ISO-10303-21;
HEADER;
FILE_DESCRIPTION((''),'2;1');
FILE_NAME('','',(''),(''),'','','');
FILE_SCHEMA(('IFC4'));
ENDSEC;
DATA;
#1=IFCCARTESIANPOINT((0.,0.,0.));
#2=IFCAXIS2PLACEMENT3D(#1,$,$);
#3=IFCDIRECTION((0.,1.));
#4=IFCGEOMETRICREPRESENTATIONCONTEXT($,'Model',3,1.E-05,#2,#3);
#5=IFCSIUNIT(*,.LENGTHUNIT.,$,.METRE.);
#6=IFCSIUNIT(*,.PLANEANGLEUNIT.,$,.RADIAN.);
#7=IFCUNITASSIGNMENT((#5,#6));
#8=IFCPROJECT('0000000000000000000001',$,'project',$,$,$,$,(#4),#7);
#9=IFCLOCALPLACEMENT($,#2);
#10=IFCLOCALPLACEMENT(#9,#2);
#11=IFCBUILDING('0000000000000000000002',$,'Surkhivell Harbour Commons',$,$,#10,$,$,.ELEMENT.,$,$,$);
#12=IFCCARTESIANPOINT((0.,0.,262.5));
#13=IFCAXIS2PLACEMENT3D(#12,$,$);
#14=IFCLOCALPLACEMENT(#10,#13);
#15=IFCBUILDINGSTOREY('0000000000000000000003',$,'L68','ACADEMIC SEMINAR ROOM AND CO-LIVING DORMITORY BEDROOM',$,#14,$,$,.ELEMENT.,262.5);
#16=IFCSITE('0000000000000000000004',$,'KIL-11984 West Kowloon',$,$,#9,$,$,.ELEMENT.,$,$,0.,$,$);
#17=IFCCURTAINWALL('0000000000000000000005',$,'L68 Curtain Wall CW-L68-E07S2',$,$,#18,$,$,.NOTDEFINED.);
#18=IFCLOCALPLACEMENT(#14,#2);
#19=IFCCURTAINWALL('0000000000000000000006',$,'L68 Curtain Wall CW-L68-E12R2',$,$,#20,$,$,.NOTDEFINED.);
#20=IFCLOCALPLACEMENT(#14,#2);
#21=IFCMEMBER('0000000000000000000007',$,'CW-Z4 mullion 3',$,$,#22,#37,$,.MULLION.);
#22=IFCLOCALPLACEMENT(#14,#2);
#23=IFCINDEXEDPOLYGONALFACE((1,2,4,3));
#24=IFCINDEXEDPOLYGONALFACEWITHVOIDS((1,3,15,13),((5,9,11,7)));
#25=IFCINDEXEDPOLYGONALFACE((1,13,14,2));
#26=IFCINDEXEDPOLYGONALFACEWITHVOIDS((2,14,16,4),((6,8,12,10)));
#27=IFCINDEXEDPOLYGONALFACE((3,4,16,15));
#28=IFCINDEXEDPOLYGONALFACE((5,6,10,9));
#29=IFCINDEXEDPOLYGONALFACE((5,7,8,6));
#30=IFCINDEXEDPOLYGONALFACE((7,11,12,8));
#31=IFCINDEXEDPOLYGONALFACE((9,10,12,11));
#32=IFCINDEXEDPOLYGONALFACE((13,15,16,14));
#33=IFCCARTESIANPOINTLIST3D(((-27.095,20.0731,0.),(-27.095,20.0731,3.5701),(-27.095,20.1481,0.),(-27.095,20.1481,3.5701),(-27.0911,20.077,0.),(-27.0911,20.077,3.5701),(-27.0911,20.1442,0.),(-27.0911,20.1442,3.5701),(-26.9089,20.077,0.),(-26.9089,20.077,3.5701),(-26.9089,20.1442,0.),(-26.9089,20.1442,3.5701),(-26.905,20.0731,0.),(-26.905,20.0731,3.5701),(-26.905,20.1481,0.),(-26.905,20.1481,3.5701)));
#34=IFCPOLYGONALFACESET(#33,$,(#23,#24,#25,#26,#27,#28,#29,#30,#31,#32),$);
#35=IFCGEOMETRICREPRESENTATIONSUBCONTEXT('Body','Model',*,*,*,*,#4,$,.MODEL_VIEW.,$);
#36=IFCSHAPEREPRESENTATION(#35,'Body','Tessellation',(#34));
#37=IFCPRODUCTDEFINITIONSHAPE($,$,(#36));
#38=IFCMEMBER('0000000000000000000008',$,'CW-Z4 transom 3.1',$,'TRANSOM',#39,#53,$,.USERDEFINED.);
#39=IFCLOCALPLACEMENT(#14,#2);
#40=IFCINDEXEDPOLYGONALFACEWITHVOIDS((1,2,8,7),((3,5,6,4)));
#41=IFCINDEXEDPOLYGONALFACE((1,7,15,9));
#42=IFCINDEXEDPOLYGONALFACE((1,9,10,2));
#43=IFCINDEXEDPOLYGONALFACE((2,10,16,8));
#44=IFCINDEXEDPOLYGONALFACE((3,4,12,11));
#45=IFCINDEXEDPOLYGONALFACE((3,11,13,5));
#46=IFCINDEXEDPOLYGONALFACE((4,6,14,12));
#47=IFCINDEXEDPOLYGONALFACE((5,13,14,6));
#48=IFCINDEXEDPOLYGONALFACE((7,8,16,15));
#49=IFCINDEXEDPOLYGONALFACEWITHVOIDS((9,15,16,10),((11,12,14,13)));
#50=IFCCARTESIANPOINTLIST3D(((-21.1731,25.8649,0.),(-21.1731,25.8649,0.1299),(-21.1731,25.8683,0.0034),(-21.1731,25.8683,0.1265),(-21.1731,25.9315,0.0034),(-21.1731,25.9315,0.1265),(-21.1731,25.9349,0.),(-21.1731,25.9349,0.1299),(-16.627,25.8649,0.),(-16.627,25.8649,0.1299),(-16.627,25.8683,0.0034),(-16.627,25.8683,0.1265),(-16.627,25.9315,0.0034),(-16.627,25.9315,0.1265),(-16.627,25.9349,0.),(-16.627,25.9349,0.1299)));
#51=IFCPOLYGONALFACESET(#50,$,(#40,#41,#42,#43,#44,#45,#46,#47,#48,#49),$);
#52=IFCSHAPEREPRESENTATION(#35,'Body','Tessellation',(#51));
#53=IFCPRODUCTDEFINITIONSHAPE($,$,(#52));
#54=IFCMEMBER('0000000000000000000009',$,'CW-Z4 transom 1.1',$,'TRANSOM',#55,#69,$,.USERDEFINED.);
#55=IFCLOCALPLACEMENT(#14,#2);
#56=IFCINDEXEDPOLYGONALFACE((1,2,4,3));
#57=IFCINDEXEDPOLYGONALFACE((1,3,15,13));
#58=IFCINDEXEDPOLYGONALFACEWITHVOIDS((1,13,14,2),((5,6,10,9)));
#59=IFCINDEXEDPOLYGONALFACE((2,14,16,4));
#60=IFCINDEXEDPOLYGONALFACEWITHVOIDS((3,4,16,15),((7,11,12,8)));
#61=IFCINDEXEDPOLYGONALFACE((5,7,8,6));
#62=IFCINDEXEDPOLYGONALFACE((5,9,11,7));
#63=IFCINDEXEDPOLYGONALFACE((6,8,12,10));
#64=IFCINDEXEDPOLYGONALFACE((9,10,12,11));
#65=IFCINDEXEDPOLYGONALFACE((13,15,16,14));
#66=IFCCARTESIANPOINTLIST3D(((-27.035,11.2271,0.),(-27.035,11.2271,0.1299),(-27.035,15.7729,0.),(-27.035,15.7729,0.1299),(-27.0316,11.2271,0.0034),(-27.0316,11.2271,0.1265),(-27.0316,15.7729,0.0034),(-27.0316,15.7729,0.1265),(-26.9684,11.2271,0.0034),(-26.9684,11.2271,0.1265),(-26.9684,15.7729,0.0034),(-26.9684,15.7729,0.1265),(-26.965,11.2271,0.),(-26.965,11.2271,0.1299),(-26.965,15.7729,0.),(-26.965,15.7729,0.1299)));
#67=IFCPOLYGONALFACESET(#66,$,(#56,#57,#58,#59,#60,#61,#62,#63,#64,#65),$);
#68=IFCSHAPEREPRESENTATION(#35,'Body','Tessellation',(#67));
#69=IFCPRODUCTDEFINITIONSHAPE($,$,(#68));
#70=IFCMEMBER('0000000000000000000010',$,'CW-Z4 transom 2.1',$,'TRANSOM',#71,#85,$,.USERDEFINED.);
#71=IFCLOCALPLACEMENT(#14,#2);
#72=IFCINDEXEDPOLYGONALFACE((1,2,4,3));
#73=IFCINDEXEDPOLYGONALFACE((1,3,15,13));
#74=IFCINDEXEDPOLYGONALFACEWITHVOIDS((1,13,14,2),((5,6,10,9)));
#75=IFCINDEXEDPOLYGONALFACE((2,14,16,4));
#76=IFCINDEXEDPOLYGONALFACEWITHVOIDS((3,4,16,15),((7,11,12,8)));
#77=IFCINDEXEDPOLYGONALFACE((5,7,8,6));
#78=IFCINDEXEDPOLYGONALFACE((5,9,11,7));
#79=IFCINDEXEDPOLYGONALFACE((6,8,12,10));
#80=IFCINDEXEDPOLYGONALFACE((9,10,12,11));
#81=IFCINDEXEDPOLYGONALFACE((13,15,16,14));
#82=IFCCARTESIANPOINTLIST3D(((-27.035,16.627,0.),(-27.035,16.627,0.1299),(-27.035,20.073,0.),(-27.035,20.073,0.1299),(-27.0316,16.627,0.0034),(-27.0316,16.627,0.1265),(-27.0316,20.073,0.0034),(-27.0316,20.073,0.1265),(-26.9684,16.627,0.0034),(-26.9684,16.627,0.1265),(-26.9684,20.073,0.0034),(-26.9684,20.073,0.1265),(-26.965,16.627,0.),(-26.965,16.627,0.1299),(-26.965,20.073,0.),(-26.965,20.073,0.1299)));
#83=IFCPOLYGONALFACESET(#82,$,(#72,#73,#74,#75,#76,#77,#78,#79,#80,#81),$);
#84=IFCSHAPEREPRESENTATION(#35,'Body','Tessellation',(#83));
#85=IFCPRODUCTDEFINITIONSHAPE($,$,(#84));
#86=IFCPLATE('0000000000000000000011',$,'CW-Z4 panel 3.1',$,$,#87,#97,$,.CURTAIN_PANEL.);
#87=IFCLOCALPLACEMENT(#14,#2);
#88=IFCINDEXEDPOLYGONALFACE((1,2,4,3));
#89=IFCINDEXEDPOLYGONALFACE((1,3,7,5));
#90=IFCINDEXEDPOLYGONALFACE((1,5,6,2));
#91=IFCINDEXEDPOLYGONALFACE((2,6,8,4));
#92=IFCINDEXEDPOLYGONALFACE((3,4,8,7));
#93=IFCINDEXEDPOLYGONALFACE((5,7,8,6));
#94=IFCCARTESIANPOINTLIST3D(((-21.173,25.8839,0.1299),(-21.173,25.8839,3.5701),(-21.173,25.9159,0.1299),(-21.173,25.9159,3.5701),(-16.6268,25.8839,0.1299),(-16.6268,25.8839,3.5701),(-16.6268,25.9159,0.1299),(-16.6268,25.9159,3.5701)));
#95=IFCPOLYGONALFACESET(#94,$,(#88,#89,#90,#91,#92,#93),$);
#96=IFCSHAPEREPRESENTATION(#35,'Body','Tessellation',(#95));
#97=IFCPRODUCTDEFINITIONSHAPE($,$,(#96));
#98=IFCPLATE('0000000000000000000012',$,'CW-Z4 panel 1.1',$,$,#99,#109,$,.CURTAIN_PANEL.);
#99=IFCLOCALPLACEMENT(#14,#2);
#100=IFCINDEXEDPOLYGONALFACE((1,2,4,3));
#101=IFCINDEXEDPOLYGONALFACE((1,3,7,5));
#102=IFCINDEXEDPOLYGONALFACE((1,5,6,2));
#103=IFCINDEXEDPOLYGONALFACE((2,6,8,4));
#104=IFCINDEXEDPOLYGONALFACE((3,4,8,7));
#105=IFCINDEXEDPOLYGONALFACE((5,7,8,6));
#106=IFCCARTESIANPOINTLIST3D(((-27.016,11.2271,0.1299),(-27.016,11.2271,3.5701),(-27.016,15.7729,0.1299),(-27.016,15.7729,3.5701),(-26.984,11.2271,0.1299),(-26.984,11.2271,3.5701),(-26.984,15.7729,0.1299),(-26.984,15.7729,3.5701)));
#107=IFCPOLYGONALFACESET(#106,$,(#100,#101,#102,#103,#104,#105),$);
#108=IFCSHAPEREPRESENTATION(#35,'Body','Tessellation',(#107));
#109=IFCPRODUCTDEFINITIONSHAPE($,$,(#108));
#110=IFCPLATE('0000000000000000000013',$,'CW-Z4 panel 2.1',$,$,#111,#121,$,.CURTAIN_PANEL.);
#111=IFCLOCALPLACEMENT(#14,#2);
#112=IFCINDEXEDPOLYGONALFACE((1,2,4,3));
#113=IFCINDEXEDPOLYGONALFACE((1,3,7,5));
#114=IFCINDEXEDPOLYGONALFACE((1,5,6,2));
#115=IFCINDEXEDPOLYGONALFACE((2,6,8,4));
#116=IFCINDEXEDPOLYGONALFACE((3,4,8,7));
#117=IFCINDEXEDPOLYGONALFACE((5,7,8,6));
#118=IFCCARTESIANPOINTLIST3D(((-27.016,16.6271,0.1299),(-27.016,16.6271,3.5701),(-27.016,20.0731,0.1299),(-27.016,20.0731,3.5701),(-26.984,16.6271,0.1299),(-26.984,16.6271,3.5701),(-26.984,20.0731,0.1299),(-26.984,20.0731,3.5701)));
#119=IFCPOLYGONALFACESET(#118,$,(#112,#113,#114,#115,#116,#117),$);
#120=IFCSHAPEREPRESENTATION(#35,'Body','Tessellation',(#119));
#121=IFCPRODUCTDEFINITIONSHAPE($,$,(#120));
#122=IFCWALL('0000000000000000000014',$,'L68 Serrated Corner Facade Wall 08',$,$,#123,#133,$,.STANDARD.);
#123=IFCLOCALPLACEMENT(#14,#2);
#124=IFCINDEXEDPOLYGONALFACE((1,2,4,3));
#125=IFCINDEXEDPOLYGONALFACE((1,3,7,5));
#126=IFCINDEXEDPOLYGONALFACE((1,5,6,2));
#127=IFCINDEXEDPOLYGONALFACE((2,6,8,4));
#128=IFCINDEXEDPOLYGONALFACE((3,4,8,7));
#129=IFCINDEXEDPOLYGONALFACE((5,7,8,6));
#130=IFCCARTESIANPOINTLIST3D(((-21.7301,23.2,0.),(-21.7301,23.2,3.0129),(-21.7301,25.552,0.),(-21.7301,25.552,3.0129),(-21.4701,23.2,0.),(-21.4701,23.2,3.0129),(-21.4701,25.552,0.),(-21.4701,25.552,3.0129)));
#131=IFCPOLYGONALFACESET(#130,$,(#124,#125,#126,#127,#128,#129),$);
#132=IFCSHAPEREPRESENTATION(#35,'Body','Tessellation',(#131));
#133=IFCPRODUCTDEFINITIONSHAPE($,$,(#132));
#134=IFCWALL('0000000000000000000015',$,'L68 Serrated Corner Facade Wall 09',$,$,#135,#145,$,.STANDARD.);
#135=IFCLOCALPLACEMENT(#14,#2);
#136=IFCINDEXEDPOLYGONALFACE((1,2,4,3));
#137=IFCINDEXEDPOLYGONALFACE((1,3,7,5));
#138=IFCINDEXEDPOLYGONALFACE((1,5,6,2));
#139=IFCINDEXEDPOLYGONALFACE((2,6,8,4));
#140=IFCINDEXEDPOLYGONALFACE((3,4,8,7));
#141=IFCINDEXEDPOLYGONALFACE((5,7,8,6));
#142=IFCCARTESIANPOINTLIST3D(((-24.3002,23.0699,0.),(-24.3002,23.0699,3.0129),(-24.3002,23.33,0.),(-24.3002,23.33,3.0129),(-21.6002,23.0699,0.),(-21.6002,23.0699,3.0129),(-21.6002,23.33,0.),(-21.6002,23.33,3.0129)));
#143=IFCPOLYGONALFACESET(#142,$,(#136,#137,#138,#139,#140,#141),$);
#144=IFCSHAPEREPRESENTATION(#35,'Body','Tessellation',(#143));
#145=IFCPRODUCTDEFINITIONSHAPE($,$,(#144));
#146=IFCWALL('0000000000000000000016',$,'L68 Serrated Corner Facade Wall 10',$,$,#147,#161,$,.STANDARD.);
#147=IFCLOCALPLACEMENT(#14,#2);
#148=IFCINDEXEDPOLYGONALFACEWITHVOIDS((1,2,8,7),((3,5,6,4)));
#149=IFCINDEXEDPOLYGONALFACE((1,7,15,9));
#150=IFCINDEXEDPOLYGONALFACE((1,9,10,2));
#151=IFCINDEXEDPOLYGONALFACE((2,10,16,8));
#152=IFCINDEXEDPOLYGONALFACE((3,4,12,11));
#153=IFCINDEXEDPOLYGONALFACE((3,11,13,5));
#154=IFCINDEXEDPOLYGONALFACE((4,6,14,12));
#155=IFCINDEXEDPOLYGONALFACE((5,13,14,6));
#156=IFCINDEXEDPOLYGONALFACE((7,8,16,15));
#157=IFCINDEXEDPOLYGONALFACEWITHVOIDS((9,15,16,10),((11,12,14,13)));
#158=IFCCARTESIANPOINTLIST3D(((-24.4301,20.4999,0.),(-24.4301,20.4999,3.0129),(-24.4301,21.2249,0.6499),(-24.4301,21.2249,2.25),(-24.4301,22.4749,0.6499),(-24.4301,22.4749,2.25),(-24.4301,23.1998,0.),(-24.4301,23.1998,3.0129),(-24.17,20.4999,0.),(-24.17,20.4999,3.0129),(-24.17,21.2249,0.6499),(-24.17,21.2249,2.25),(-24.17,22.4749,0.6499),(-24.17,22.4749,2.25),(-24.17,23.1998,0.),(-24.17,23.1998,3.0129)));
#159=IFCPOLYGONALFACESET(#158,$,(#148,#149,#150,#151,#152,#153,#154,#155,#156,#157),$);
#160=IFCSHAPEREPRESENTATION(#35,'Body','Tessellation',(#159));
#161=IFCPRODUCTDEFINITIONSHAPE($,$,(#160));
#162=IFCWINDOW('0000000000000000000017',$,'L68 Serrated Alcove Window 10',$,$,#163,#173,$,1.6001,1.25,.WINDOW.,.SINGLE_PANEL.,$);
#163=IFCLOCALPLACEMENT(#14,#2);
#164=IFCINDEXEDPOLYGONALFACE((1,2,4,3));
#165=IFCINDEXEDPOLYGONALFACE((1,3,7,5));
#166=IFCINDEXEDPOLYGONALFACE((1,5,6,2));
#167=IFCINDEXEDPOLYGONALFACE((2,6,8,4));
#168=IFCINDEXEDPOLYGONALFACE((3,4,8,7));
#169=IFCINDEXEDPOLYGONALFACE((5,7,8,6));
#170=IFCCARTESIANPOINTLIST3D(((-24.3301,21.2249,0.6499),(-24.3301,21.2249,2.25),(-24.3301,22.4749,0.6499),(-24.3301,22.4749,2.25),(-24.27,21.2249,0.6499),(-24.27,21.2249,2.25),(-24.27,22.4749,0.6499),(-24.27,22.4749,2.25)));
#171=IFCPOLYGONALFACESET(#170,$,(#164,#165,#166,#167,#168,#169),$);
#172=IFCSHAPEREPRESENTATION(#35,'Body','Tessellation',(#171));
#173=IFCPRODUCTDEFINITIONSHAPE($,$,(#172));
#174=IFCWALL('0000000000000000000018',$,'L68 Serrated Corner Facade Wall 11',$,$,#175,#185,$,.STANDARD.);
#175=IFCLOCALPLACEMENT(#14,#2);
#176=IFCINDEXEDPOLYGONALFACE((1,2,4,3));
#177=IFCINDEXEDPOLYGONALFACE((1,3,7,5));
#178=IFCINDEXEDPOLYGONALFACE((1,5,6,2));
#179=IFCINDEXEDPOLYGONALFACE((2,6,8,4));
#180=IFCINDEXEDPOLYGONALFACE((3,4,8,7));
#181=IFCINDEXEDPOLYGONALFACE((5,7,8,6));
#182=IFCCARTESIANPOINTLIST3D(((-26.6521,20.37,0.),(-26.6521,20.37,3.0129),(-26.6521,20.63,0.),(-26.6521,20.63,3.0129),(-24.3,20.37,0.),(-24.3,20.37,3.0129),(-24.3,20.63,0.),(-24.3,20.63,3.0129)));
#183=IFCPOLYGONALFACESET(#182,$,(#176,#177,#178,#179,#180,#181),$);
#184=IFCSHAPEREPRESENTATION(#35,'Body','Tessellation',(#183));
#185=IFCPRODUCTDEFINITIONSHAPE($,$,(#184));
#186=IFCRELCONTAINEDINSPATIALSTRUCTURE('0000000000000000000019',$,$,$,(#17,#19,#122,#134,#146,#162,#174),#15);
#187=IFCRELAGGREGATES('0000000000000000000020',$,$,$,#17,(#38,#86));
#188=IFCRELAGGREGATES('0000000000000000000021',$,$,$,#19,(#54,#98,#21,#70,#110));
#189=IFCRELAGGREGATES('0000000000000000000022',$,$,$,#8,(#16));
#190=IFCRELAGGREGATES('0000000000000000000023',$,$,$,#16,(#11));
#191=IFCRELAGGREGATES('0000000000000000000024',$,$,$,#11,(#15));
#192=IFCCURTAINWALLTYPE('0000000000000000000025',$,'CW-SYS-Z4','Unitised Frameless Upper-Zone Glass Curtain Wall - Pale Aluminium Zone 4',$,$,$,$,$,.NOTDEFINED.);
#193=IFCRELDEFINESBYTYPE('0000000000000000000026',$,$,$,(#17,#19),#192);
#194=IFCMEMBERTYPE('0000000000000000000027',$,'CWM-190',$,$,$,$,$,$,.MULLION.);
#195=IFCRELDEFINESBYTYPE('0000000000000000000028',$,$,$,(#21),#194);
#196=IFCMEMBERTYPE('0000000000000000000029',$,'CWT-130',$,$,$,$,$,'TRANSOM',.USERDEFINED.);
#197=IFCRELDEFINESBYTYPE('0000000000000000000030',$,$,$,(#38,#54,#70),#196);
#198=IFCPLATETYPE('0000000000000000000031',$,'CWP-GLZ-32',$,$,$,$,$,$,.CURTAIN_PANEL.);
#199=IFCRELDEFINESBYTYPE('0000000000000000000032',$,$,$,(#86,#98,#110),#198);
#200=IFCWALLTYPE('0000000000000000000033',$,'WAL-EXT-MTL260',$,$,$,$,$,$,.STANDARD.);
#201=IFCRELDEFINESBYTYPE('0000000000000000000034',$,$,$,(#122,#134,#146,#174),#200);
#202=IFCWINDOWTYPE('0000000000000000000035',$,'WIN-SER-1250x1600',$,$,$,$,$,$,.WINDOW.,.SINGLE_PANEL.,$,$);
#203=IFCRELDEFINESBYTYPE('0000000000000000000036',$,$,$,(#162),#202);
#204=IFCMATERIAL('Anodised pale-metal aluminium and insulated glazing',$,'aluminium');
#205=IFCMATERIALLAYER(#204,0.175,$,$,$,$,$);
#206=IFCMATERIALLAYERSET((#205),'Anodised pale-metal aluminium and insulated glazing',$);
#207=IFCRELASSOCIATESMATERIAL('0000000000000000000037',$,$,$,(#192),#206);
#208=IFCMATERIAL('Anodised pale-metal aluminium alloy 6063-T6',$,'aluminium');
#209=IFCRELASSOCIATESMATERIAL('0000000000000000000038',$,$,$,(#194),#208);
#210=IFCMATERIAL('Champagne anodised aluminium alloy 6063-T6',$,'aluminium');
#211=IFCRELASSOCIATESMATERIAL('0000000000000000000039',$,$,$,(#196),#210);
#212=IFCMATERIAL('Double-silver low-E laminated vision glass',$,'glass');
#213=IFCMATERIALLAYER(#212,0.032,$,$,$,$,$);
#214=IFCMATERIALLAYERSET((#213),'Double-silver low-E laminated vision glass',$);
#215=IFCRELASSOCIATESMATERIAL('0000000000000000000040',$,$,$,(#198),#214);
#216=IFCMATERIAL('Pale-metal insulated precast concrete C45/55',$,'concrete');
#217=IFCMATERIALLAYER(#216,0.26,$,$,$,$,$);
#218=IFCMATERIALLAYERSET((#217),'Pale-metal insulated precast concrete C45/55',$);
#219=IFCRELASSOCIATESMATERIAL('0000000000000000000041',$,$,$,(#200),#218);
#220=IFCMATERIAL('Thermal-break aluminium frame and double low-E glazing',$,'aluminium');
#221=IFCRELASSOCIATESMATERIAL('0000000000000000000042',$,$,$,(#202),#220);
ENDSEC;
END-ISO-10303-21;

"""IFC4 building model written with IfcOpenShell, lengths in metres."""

from ifc_helpers import new_model, si_unit, direction, frame, frame_2d, origin, origin_2d, place, context, subcontext, project, spatial, rectangle, hollow_rectangle, extrude, material, layer, layer_set, material_profile, profile_set, type_object, element, fill, aggregate, save


model = new_model("IFC4")

# Units and contexts
model_context = context("Model", 3, precision=1e-05, world=origin(), true_north=direction((0.0, 1.0)))
body_context = subcontext(model_context, "Body", "Model", "MODEL_VIEW")
ifc_project = project(units=[si_unit("LENGTHUNIT", "METRE"), si_unit("PLANEANGLEUNIT", "RADIAN")], contexts=[model_context])

# Site, building, storey
site_placement = place(None, origin())
site = spatial("IfcSite", under=ifc_project, at=site_placement, Name="KIL-11984 West Kowloon", CompositionType="ELEMENT", RefElevation=0.0)
building_placement = place(site_placement, origin())
building = spatial("IfcBuilding", under=site, at=building_placement, Name="Surkhivell Harbour Commons", CompositionType="ELEMENT")
storey_placement = place(building_placement, frame((0.0, 0.0, 262.5)))
storey = spatial("IfcBuildingStorey", under=building, at=storey_placement, Name="L68", Description="ACADEMIC SEMINAR ROOM AND CO-LIVING DORMITORY BEDROOM", CompositionType="ELEMENT", Elevation=262.5)

# Curtain wall
ifc_material_1 = material(Name="Anodised pale-metal aluminium and insulated glazing", Category="aluminium")
ifc_layer_1 = layer(ifc_material_1, 0.175)
ifc_layer_set_1 = layer_set([ifc_layer_1], Name="Anodised pale-metal aluminium and insulated glazing")
curtain_wall_type = type_object("IfcCurtainWallType", Name="CW-SYS-Z4", Description="Unitised Frameless Upper-Zone Glass Curtain Wall - Pale Aluminium Zone 4", PredefinedType="NOTDEFINED", material=ifc_layer_set_1)
curtain_wall_1_placement = place(storey_placement, origin())
curtain_wall_1 = element("IfcCurtainWall", 1, at=curtain_wall_1_placement, inside=storey, type_object=curtain_wall_type, Name="L68 Curtain Wall CW-L68-E07S2", PredefinedType="NOTDEFINED")
ifc_material_2 = material(Name="Anodised pale-metal aluminium alloy 6063-T6", Category="aluminium")
ifc_material_profile_1 = material_profile(ifc_material_2, hollow_rectangle(XDim=0.075, YDim=0.1899, WallThickness=0.0039, at=origin_2d()), Name="ALU-MULL-75x190")
ifc_profile_set_1 = profile_set([ifc_material_profile_1], Name="Anodised pale-metal aluminium alloy 6063-T6")
member_type_1 = type_object("IfcMemberType", Name="CWM-190", PredefinedType="MULLION", material=ifc_profile_set_1)

# Curtain wall, member
curtain_wall_2_placement = place(storey_placement, origin())
curtain_wall_2 = element("IfcCurtainWall", 2, at=curtain_wall_2_placement, inside=storey, type_object=curtain_wall_type, Name="L68 Curtain Wall CW-L68-E12R2", PredefinedType="NOTDEFINED")
member_1_placement = place(storey_placement, frame((-27.0, 20.1106, 0.0), z_axis=(0.0, 0.0, 1.0), x_axis=(0.0, 1.0, 0.0)))
member_1 = element("IfcMember", 3, at=member_1_placement, type_object=member_type_1, Name="CW-Z4 mullion 3", PredefinedType="MULLION", context=body_context, shape_type="SweptSolid", body=[
    extrude(hollow_rectangle(XDim=0.075, YDim=0.1899, WallThickness=0.0039, at=origin_2d()), origin(), (0.0, 0.0, 1.0), 3.5701),
])

# Members
ifc_material_3 = material(Name="Champagne anodised aluminium alloy 6063-T6", Category="aluminium")
ifc_material_profile_2 = material_profile(ifc_material_3, hollow_rectangle(XDim=0.0701, YDim=0.1299, WallThickness=0.0034, at=origin_2d()), Name="ALU-TRAN-70x130")
ifc_profile_set_2 = profile_set([ifc_material_profile_2], Name="Champagne anodised aluminium alloy 6063-T6")
member_type_2 = type_object("IfcMemberType", Name="CWT-130", ElementType="TRANSOM", PredefinedType="USERDEFINED", material=ifc_profile_set_2)
member_2_placement = place(storey_placement, frame((-16.627, 25.8999, 0.0649), z_axis=(-1.0, 0.0, 0.0), x_axis=(0.0, -1.0, 0.0)))
member_2 = element("IfcMember", 4, at=member_2_placement, type_object=member_type_2, Name="CW-Z4 transom 3.1", ObjectType="TRANSOM", PredefinedType="USERDEFINED", context=body_context, shape_type="SweptSolid", body=[
    extrude(hollow_rectangle(XDim=0.0701, YDim=0.1299, WallThickness=0.0034, at=origin_2d()), origin(), (0.0, 0.0, 1.0), 4.5461),
])
member_3_placement = place(storey_placement, frame((-27.0, 11.2271, 0.0649), z_axis=(0.0, 1.0, 0.0), x_axis=(-1.0, 0.0, 0.0)))
member_3 = element("IfcMember", 5, at=member_3_placement, type_object=member_type_2, Name="CW-Z4 transom 1.1", ObjectType="TRANSOM", PredefinedType="USERDEFINED", context=body_context, shape_type="SweptSolid", body=[
    extrude(hollow_rectangle(XDim=0.0701, YDim=0.1299, WallThickness=0.0034, at=origin_2d()), origin(), (0.0, 0.0, 1.0), 4.5459),
])
member_4_placement = place(storey_placement, frame((-27.0, 16.627, 0.0649), z_axis=(0.0, 1.0, 0.0), x_axis=(-1.0, 0.0, 0.0)))
member_4 = element("IfcMember", 6, at=member_4_placement, type_object=member_type_2, Name="CW-Z4 transom 2.1", ObjectType="TRANSOM", PredefinedType="USERDEFINED", context=body_context, shape_type="SweptSolid", body=[
    extrude(hollow_rectangle(XDim=0.0701, YDim=0.1299, WallThickness=0.0034, at=origin_2d()), origin(), (0.0, 0.0, 1.0), 3.446),
])

# Plates
ifc_material_4 = material(Name="Double-silver low-E laminated vision glass", Category="glass")
ifc_layer_2 = layer(ifc_material_4, 0.032)
ifc_layer_set_2 = layer_set([ifc_layer_2], Name="Double-silver low-E laminated vision glass")
plate_type = type_object("IfcPlateType", Name="CWP-GLZ-32", PredefinedType="CURTAIN_PANEL", material=ifc_layer_set_2)
plate_1_placement = place(storey_placement, frame((-16.627, 25.8999, 0.1299), z_axis=(0.0, 0.0, 1.0), x_axis=(-1.0, 0.0, 0.0)))
plate_1 = element("IfcPlate", 7, at=plate_1_placement, type_object=plate_type, Name="CW-Z4 panel 3.1", PredefinedType="CURTAIN_PANEL", context=body_context, shape_type="SweptSolid", body=[
    extrude(rectangle(XDim=4.5461, YDim=0.032, at=frame_2d((2.2729, 0.0))), origin(), (0.0, 0.0, 1.0), 3.4402),
])
aggregate(curtain_wall_1, [member_2, plate_1])
plate_2_placement = place(storey_placement, frame((-27.0, 11.2271, 0.1299), z_axis=(0.0, 0.0, 1.0), x_axis=(0.0, 1.0, 0.0)))
plate_2 = element("IfcPlate", 8, at=plate_2_placement, type_object=plate_type, Name="CW-Z4 panel 1.1", PredefinedType="CURTAIN_PANEL", context=body_context, shape_type="SweptSolid", body=[
    extrude(rectangle(XDim=4.5459, YDim=0.032, at=frame_2d((2.2729, 0.0))), origin(), (0.0, 0.0, 1.0), 3.4402),
])
plate_3_placement = place(storey_placement, frame((-27.0, 16.627, 0.1299), z_axis=(0.0, 0.0, 1.0), x_axis=(0.0, 1.0, 0.0)))
plate_3 = element("IfcPlate", 9, at=plate_3_placement, type_object=plate_type, Name="CW-Z4 panel 2.1", PredefinedType="CURTAIN_PANEL", context=body_context, shape_type="SweptSolid", body=[
    extrude(rectangle(XDim=3.446, YDim=0.032, at=frame_2d((1.7231, 0.0))), origin(), (0.0, 0.0, 1.0), 3.4402),
])
aggregate(curtain_wall_2, [member_3, plate_2, member_1, member_4, plate_3])

# Walls
ifc_material_5 = material(Name="Pale-metal insulated precast concrete C45/55", Category="concrete")
ifc_layer_3 = layer(ifc_material_5, 0.26)
ifc_layer_set_3 = layer_set([ifc_layer_3], Name="Pale-metal insulated precast concrete C45/55")
wall_type = type_object("IfcWallType", Name="WAL-EXT-MTL260", PredefinedType="STANDARD", material=ifc_layer_set_3)
wall_1_placement = place(storey_placement, frame((-21.6001, 25.552, 0.0), z_axis=(0.0, 0.0, 1.0), x_axis=(0.0, -1.0, 0.0)))
element("IfcWall", 10, at=wall_1_placement, inside=storey, type_object=wall_type, Name="L68 Serrated Corner Facade Wall 08", PredefinedType="STANDARD", context=body_context, shape_type="SweptSolid", body=[
    extrude(rectangle(XDim=2.3521, YDim=0.26, at=frame_2d((1.176, 0.0))), origin(), (0.0, 0.0, 1.0), 3.0129),
])
wall_2_placement = place(storey_placement, frame((-21.6001, 23.2, 0.0), z_axis=(0.0, 0.0, 1.0), x_axis=(-1.0, 0.0, 0.0)))
element("IfcWall", 11, at=wall_2_placement, inside=storey, type_object=wall_type, Name="L68 Serrated Corner Facade Wall 09", PredefinedType="STANDARD", context=body_context, shape_type="SweptSolid", body=[
    extrude(rectangle(XDim=2.7, YDim=0.26, at=frame_2d((1.3501, 0.0))), origin(), (0.0, 0.0, 1.0), 3.0129),
])

# Wall, opening, window
wall_3_placement = place(storey_placement, frame((-24.3, 23.2, 0.0), z_axis=(0.0, 0.0, 1.0), x_axis=(0.0, -1.0, 0.0)))
wall_3 = element("IfcWall", 12, at=wall_3_placement, inside=storey, type_object=wall_type, Name="L68 Serrated Corner Facade Wall 10", PredefinedType="STANDARD", context=body_context, shape_type="SweptSolid", body=[
    extrude(rectangle(XDim=2.7, YDim=0.26, at=frame_2d((1.3501, 0.0))), origin(), (0.0, 0.0, 1.0), 3.0129),
])
opening_placement = place(wall_3_placement, frame((0.7251, 0.0, 0.6499)))
opening = element("IfcOpeningElement", 13, at=opening_placement, cuts=wall_3, PredefinedType="OPENING", context=body_context, shape_type="SweptSolid", body=[
    extrude(rectangle(XDim=1.25, YDim=1.6001, at=frame_2d((0.625, 0.8))), frame((0.0, 0.1399, 0.0), z_axis=(0.0, -1.0, 0.0), x_axis=(1.0, 0.0, 0.0)), (0.0, 0.0, 1.0), 0.28),
])
ifc_material_6 = material(Name="Thermal-break aluminium frame and double low-E glazing", Category="aluminium")
window_type = type_object("IfcWindowType", Name="WIN-SER-1250x1600", PartitioningType="SINGLE_PANEL", PredefinedType="WINDOW", material=ifc_material_6)
window_placement = place(opening_placement, origin())
window = element("IfcWindow", 14, at=window_placement, inside=storey, type_object=window_type, Name="L68 Serrated Alcove Window 10", OverallHeight=1.6001, OverallWidth=1.25, PartitioningType="SINGLE_PANEL", PredefinedType="WINDOW", context=body_context, shape_type="SweptSolid", body=[
    extrude(rectangle(XDim=1.25, YDim=1.6001, at=frame_2d((0.625, 0.8))), frame((0.0, 0.03, 0.0), z_axis=(0.0, -1.0, 0.0), x_axis=(1.0, 0.0, 0.0)), (0.0, 0.0, 1.0), 0.0601),
])
fill(opening, window)

# Wall
wall_4_placement = place(storey_placement, frame((-24.3, 20.5, 0.0), z_axis=(0.0, 0.0, 1.0), x_axis=(-1.0, 0.0, 0.0)))
element("IfcWall", 15, at=wall_4_placement, inside=storey, type_object=wall_type, Name="L68 Serrated Corner Facade Wall 11", PredefinedType="STANDARD", context=body_context, shape_type="SweptSolid", body=[
    extrude(rectangle(XDim=2.3521, YDim=0.26, at=frame_2d((1.176, 0.0))), origin(), (0.0, 0.0, 1.0), 3.0129),
])

save(model, "model.ifc")
